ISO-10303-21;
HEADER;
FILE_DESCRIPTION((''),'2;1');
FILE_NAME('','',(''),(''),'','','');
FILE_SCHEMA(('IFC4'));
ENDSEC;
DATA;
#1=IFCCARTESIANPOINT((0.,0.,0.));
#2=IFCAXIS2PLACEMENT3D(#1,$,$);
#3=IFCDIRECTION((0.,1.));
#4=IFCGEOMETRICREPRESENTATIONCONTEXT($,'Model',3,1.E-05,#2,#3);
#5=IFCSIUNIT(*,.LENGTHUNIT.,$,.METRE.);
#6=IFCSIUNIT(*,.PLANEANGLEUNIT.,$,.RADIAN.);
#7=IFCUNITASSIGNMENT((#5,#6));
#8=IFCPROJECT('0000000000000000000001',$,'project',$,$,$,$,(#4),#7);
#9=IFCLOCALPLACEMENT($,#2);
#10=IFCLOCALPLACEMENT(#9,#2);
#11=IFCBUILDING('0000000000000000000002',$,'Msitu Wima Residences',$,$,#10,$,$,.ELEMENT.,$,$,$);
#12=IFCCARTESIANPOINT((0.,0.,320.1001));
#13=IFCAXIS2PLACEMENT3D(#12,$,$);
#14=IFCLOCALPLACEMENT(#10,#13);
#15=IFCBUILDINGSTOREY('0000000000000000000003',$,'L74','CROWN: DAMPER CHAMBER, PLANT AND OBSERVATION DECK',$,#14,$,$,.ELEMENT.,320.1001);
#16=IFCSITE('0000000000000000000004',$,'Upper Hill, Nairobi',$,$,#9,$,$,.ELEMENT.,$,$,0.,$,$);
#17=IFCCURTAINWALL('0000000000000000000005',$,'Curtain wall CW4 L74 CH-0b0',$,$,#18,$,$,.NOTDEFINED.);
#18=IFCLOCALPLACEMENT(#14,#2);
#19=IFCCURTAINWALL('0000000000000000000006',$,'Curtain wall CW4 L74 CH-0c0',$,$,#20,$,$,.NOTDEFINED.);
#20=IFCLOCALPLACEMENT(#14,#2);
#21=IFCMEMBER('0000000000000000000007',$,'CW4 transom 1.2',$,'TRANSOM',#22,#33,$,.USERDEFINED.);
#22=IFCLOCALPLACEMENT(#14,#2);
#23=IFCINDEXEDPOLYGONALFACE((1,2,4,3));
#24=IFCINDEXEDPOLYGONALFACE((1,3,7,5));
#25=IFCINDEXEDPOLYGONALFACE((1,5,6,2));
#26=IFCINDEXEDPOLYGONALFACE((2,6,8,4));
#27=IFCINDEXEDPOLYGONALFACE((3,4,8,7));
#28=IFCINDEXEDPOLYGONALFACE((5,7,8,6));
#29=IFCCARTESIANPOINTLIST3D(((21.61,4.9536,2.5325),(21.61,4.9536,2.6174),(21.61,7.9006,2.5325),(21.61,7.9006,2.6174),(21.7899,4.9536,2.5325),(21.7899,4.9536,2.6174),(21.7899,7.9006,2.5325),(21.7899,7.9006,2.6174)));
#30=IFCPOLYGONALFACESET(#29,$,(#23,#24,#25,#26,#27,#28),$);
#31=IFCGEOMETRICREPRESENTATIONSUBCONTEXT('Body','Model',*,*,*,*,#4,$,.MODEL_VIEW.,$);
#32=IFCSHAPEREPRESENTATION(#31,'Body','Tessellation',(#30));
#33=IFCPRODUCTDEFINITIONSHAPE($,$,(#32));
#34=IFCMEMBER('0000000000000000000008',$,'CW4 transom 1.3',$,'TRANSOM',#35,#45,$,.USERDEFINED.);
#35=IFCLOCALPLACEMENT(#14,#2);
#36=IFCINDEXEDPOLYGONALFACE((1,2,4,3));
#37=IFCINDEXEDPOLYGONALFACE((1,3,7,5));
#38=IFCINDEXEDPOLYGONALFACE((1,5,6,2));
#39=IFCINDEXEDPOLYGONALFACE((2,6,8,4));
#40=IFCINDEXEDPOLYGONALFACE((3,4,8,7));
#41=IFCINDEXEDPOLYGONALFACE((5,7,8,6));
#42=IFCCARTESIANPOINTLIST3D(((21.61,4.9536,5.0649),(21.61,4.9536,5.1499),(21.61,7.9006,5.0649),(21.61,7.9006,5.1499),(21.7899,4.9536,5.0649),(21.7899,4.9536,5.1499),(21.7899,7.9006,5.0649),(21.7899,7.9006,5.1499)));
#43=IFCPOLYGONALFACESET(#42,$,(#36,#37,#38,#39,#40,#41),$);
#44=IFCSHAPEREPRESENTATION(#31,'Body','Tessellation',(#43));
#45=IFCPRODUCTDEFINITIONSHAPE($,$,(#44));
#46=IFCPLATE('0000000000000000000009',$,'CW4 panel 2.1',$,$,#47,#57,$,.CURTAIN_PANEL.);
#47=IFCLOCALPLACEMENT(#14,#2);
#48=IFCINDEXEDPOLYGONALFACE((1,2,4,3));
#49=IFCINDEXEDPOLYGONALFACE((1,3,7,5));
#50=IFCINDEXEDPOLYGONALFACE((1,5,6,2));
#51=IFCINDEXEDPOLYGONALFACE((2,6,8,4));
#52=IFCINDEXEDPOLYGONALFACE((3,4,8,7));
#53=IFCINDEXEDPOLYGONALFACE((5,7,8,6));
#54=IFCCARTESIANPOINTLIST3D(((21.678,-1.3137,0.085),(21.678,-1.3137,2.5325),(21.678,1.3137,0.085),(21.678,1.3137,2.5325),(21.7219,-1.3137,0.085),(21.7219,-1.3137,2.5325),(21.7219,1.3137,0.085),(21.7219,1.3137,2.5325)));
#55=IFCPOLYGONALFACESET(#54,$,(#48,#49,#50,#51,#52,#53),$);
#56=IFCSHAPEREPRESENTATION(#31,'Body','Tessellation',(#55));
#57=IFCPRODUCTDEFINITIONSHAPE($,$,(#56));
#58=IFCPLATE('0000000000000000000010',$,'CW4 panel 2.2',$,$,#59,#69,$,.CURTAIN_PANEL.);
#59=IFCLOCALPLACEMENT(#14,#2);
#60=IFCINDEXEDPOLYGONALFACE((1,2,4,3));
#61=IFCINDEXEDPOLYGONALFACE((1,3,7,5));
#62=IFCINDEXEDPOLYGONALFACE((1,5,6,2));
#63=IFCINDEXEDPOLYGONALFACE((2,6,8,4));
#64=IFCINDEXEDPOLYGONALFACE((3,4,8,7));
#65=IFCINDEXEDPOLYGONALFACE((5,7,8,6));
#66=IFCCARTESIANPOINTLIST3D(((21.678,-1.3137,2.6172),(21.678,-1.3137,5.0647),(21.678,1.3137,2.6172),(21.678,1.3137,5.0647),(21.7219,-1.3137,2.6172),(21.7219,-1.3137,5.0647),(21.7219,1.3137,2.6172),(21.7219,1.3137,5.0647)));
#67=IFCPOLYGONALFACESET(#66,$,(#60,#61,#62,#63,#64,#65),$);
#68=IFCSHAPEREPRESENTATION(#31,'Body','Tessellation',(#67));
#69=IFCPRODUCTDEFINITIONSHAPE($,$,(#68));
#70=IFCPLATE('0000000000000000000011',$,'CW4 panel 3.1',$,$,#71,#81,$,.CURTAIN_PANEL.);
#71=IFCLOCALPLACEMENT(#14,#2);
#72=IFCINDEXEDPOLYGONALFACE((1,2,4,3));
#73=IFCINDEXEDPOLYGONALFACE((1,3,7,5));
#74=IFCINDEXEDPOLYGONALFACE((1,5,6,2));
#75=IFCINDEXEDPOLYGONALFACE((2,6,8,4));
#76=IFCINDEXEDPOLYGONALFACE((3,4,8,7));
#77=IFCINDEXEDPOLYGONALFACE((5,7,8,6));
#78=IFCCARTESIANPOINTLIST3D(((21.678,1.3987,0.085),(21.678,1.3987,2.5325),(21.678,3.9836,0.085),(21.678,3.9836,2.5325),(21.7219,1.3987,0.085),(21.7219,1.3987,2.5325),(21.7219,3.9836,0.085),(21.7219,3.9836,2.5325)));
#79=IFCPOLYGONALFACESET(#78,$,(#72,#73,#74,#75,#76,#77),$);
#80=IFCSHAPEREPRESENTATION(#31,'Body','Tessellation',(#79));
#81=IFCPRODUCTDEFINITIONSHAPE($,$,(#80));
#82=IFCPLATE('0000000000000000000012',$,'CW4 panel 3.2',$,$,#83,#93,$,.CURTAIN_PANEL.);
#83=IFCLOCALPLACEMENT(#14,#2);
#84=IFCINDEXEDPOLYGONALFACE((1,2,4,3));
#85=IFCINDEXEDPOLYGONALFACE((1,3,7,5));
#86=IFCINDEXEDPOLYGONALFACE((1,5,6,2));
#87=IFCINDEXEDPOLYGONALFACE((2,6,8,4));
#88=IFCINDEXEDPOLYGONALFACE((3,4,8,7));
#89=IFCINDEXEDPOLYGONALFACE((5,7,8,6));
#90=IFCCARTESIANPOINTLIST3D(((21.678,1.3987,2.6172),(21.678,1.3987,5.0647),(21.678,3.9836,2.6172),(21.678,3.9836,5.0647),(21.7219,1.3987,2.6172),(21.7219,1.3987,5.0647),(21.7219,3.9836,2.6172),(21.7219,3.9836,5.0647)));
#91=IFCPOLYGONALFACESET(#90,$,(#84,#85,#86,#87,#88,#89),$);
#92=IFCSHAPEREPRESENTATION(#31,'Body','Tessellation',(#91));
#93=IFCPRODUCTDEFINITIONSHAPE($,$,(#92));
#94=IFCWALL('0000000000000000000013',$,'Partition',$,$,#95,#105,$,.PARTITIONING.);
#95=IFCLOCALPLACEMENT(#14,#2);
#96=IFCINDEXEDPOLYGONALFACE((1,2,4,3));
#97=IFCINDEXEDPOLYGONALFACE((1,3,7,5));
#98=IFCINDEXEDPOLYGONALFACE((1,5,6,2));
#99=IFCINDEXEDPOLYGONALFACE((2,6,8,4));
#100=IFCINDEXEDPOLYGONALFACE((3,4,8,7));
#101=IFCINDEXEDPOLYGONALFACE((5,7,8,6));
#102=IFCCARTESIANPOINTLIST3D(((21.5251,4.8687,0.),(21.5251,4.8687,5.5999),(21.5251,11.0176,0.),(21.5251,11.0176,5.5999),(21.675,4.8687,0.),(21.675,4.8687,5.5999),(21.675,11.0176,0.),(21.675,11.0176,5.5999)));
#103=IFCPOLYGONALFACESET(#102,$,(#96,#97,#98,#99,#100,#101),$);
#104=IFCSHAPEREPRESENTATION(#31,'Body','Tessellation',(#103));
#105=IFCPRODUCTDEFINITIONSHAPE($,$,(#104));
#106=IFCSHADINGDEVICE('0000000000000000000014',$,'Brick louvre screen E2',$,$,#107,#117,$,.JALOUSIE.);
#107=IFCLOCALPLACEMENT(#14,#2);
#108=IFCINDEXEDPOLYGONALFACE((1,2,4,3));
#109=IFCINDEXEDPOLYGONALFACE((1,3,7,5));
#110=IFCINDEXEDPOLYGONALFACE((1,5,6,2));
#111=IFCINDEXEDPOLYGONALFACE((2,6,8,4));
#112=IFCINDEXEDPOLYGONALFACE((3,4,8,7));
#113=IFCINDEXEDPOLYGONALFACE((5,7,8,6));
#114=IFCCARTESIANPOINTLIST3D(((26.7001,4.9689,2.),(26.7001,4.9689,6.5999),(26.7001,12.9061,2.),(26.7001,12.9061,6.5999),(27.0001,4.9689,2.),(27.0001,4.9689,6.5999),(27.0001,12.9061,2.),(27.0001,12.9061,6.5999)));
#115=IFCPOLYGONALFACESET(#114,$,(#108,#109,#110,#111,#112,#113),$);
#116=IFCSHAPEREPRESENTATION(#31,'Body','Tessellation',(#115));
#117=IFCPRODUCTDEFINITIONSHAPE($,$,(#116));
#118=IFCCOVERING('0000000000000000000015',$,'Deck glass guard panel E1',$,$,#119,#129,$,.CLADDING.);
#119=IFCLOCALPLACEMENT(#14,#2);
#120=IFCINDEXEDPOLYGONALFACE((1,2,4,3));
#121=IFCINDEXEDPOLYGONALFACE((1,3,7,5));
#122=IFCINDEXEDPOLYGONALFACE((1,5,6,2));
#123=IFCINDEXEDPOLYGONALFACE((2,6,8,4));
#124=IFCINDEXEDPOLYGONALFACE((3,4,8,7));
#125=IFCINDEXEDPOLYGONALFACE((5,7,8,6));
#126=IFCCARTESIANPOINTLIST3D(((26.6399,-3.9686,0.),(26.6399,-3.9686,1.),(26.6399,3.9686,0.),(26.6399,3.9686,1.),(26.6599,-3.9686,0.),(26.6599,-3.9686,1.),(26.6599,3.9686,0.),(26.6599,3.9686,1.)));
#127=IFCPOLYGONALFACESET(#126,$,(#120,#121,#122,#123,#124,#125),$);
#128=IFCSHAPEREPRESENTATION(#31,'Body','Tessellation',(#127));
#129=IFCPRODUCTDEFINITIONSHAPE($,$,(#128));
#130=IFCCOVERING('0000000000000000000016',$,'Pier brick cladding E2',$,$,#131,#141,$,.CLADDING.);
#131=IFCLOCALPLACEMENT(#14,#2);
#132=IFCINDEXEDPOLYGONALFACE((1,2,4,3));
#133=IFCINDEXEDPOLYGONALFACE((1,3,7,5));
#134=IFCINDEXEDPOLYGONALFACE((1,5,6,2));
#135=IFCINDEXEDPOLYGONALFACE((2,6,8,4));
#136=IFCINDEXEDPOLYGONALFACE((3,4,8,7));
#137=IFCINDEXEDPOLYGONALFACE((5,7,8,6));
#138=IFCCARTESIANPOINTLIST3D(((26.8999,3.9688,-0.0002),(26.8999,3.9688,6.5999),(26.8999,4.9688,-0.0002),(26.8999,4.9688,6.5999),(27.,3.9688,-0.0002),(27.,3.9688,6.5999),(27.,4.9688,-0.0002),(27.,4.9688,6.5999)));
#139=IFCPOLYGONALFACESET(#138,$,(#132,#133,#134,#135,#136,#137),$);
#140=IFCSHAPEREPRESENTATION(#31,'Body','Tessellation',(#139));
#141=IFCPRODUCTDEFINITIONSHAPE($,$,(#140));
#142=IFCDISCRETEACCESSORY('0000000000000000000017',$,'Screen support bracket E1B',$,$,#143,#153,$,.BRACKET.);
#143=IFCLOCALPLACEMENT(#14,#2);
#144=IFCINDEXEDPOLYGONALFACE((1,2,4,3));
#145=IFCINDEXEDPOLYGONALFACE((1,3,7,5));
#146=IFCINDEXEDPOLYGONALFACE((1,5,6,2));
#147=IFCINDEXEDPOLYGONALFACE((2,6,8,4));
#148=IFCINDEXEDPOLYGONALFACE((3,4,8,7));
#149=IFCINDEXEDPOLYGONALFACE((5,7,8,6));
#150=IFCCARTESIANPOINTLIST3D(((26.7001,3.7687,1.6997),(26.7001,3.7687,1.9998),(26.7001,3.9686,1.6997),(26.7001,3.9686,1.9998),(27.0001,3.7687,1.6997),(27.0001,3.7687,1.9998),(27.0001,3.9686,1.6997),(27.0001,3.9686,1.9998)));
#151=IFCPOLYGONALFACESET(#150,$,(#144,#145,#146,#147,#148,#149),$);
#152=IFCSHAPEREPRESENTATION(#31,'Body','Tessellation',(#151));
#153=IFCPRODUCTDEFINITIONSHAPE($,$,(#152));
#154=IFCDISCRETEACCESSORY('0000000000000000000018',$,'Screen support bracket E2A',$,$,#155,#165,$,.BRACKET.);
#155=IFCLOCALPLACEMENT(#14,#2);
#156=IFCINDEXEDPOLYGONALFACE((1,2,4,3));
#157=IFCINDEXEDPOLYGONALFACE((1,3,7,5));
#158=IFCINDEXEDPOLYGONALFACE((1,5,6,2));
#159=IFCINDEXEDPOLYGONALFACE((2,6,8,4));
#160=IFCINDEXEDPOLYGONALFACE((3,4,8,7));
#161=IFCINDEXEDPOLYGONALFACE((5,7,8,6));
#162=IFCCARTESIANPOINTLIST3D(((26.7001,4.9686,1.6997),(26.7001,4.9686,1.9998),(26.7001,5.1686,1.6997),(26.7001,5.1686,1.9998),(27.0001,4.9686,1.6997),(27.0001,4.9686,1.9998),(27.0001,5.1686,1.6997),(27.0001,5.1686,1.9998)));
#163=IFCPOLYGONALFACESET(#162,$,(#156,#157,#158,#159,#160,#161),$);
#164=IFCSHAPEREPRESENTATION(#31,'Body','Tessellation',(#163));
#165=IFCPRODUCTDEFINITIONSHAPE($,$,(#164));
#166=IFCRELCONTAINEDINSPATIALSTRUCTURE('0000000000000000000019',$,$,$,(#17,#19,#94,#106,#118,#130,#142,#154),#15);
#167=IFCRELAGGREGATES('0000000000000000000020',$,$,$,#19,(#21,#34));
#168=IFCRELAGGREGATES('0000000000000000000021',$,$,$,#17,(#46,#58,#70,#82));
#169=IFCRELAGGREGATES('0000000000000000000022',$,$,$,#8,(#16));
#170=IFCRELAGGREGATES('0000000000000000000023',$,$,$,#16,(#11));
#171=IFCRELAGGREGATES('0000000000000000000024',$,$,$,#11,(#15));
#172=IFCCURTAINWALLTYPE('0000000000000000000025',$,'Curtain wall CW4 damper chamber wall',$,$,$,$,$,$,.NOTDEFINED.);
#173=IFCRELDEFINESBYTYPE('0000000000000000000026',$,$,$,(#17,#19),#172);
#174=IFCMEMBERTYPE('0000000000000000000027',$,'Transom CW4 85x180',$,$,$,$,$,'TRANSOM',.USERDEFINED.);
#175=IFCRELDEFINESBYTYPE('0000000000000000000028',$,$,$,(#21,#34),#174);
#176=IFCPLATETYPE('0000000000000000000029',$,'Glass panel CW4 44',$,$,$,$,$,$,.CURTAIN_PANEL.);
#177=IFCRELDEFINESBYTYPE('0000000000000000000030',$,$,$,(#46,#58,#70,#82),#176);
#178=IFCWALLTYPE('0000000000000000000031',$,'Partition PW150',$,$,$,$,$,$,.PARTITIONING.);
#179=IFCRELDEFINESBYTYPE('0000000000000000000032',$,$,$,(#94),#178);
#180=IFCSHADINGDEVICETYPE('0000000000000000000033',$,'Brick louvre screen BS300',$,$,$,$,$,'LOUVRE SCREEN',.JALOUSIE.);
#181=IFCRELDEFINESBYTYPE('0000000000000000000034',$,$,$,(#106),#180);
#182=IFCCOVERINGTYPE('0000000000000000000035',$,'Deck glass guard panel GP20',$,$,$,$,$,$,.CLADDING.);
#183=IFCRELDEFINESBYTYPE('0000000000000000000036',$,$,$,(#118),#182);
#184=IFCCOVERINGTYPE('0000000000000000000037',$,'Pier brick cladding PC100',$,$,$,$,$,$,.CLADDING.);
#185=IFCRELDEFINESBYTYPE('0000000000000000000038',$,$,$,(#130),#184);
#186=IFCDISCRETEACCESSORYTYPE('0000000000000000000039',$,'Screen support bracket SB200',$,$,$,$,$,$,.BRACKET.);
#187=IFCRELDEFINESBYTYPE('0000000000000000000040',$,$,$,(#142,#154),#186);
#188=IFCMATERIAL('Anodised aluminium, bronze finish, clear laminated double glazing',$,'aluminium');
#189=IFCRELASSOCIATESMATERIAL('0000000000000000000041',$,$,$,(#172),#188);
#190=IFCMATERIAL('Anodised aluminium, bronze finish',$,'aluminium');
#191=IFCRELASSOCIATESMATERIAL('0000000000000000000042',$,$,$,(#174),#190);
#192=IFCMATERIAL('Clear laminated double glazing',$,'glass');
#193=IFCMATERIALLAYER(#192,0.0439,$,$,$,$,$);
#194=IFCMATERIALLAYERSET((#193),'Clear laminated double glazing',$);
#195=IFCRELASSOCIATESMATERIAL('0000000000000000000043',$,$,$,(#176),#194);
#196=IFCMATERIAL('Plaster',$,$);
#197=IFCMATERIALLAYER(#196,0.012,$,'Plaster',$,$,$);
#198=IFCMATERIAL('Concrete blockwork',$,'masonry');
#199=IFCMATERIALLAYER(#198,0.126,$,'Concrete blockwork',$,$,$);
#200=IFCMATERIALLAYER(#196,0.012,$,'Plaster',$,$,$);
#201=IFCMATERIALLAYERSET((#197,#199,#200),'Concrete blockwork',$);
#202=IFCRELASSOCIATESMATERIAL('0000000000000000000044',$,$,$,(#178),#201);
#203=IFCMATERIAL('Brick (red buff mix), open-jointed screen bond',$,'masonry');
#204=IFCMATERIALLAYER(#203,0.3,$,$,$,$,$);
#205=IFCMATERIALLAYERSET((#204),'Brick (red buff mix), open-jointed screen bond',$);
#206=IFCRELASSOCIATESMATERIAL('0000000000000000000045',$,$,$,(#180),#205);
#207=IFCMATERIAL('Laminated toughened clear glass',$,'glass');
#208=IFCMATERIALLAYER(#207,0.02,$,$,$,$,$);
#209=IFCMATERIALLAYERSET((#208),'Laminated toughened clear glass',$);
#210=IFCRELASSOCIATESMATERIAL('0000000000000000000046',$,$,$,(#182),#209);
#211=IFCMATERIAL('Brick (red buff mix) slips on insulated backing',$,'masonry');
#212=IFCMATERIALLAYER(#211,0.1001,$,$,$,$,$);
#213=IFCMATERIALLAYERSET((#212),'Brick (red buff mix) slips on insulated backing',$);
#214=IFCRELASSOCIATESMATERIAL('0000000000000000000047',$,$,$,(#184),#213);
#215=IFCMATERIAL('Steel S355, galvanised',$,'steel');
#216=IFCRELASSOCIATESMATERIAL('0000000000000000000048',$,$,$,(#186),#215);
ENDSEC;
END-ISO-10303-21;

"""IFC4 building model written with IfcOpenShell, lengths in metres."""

from ifc_helpers import new_model, si_unit, direction, frame, frame_2d, origin, origin_2d, place, context, subcontext, project, spatial, rectangle, extrude, material, layer, layer_set, material_profile, profile_set, type_object, element, aggregate, save


model = new_model("IFC4")

# Units and contexts
model_context = context("Model", 3, precision=1e-05, world=origin(), true_north=direction((0.0, 1.0)))
body_context = subcontext(model_context, "Body", "Model", "MODEL_VIEW")
ifc_project = project(units=[si_unit("LENGTHUNIT", "METRE"), si_unit("PLANEANGLEUNIT", "RADIAN")], contexts=[model_context])

# Site, building, storey
site_placement = place(None, origin())
site = spatial("IfcSite", under=ifc_project, at=site_placement, Name="Upper Hill, Nairobi", CompositionType="ELEMENT", RefElevation=0.0)
building_placement = place(site_placement, origin())
building = spatial("IfcBuilding", under=site, at=building_placement, Name="Msitu Wima Residences", CompositionType="ELEMENT")
storey_placement = place(building_placement, frame((0.0, 0.0, 320.1001)))
storey = spatial("IfcBuildingStorey", under=building, at=storey_placement, Name="L74", Description="CROWN: DAMPER CHAMBER, PLANT AND OBSERVATION DECK", CompositionType="ELEMENT", Elevation=320.1001)

# Curtain wall
ifc_material_1 = material(Name="Anodised aluminium, bronze finish, clear laminated double glazing", Category="aluminium")
curtain_wall_type = type_object("IfcCurtainWallType", Name="Curtain wall CW4 damper chamber wall", PredefinedType="NOTDEFINED", material=ifc_material_1)
curtain_wall_1_placement = place(storey_placement, origin())
curtain_wall_1 = element("IfcCurtainWall", 1, at=curtain_wall_1_placement, inside=storey, type_object=curtain_wall_type, Name="Curtain wall CW4 L74 CH-0b0", PredefinedType="NOTDEFINED")
ifc_material_2 = material(Name="Anodised aluminium, bronze finish", Category="aluminium")

# Curtain wall
curtain_wall_2_placement = place(storey_placement, origin())
curtain_wall_2 = element("IfcCurtainWall", 2, at=curtain_wall_2_placement, inside=storey, type_object=curtain_wall_type, Name="Curtain wall CW4 L74 CH-0c0", PredefinedType="NOTDEFINED")

# Members
ifc_material_profile_1 = material_profile(ifc_material_2, rectangle(XDim=0.1799, YDim=0.085, at=origin_2d()), Name="Transom 85x180")
ifc_profile_set_1 = profile_set([ifc_material_profile_1], Name="Anodised aluminium, bronze finish")
member_type_1 = type_object("IfcMemberType", Name="Transom CW4 85x180", ElementType="TRANSOM", PredefinedType="USERDEFINED", material=ifc_profile_set_1)
member_1_placement = place(storey_placement, frame((21.7, 4.9536, 2.575), z_axis=(0.0, 1.0, 0.0), x_axis=(-1.0, 0.0, 0.0)))
member_1 = element("IfcMember", 3, at=member_1_placement, type_object=member_type_1, Name="CW4 transom 1.2", ObjectType="TRANSOM", PredefinedType="USERDEFINED", context=body_context, shape_type="SweptSolid", body=[
    extrude(rectangle(XDim=0.1799, YDim=0.085, at=origin_2d()), origin(), (0.0, 0.0, 1.0), 2.947),
])
member_2_placement = place(storey_placement, frame((21.7, 4.9536, 5.1074), z_axis=(0.0, 1.0, 0.0), x_axis=(-1.0, 0.0, 0.0)))
member_2 = element("IfcMember", 4, at=member_2_placement, type_object=member_type_1, Name="CW4 transom 1.3", ObjectType="TRANSOM", PredefinedType="USERDEFINED", context=body_context, shape_type="SweptSolid", body=[
    extrude(rectangle(XDim=0.1799, YDim=0.085, at=origin_2d()), origin(), (0.0, 0.0, 1.0), 2.947),
])
aggregate(curtain_wall_2, [member_1, member_2])

# Plates
ifc_material_3 = material(Name="Clear laminated double glazing", Category="glass")
ifc_layer_1 = layer(ifc_material_3, 0.0439)
ifc_layer_set_1 = layer_set([ifc_layer_1], Name="Clear laminated double glazing")
plate_type = type_object("IfcPlateType", Name="Glass panel CW4 44", PredefinedType="CURTAIN_PANEL", material=ifc_layer_set_1)
plate_1_placement = place(storey_placement, frame((21.7, 0.0, 0.085), z_axis=(0.0, 0.0, 1.0), x_axis=(0.0, 1.0, 0.0)))
plate_1 = element("IfcPlate", 5, at=plate_1_placement, type_object=plate_type, Name="CW4 panel 2.1", PredefinedType="CURTAIN_PANEL", context=body_context, shape_type="SweptSolid", body=[
    extrude(rectangle(XDim=2.6274, YDim=0.0439, at=origin_2d()), origin(), (0.0, 0.0, 1.0), 2.4475),
])
plate_2_placement = place(storey_placement, frame((21.7, 0.0, 2.6172), z_axis=(0.0, 0.0, 1.0), x_axis=(0.0, 1.0, 0.0)))
plate_2 = element("IfcPlate", 6, at=plate_2_placement, type_object=plate_type, Name="CW4 panel 2.2", PredefinedType="CURTAIN_PANEL", context=body_context, shape_type="SweptSolid", body=[
    extrude(rectangle(XDim=2.6274, YDim=0.0439, at=origin_2d()), origin(), (0.0, 0.0, 1.0), 2.4475),
])
plate_3_placement = place(storey_placement, frame((21.7, 2.6912, 0.085), z_axis=(0.0, 0.0, 1.0), x_axis=(0.0, 1.0, 0.0)))
plate_3 = element("IfcPlate", 7, at=plate_3_placement, type_object=plate_type, Name="CW4 panel 3.1", PredefinedType="CURTAIN_PANEL", context=body_context, shape_type="SweptSolid", body=[
    extrude(rectangle(XDim=2.585, YDim=0.0439, at=origin_2d()), origin(), (0.0, 0.0, 1.0), 2.4475),
])
plate_4_placement = place(storey_placement, frame((21.7, 2.6912, 2.6172), z_axis=(0.0, 0.0, 1.0), x_axis=(0.0, 1.0, 0.0)))
plate_4 = element("IfcPlate", 8, at=plate_4_placement, type_object=plate_type, Name="CW4 panel 3.2", PredefinedType="CURTAIN_PANEL", context=body_context, shape_type="SweptSolid", body=[
    extrude(rectangle(XDim=2.585, YDim=0.0439, at=origin_2d()), origin(), (0.0, 0.0, 1.0), 2.4475),
])
aggregate(curtain_wall_1, [plate_1, plate_2, plate_3, plate_4])

# Wall
ifc_material_4 = material(Name="Plaster")
ifc_layer_2 = layer(ifc_material_4, 0.012, Name="Plaster")
ifc_material_5 = material(Name="Concrete blockwork", Category="masonry")
ifc_layer_3 = layer(ifc_material_5, 0.126, Name="Concrete blockwork")
ifc_layer_4 = layer(ifc_material_4, 0.012, Name="Plaster")
ifc_layer_set_2 = layer_set([ifc_layer_2, ifc_layer_3, ifc_layer_4], Name="Concrete blockwork")
wall_type = type_object("IfcWallType", Name="Partition PW150", PredefinedType="PARTITIONING", material=ifc_layer_set_2)
wall_placement = place(storey_placement, frame((21.6001, 4.8687, 0.0), z_axis=(0.0, 0.0, 1.0), x_axis=(0.0, 1.0, 0.0)))
element("IfcWall", 9, at=wall_placement, inside=storey, type_object=wall_type, Name="Partition", PredefinedType="PARTITIONING", context=body_context, shape_type="SweptSolid", body=[
    extrude(rectangle(XDim=6.1489, YDim=0.1499, at=frame_2d((3.0745, 0.0))), origin(), (0.0, 0.0, 1.0), 5.5999),
])

# Shading device
ifc_material_6 = material(Name="Brick (red buff mix), open-jointed screen bond", Category="masonry")
ifc_layer_5 = layer(ifc_material_6, 0.3)
ifc_layer_set_3 = layer_set([ifc_layer_5], Name="Brick (red buff mix), open-jointed screen bond")
shading_device_type = type_object("IfcShadingDeviceType", Name="Brick louvre screen BS300", ElementType="LOUVRE SCREEN", PredefinedType="JALOUSIE", material=ifc_layer_set_3)
shading_device_placement = place(storey_placement, frame((26.8501, 4.9688, 2.0), z_axis=(0.0, 0.0, 1.0), x_axis=(0.0, 1.0, 0.0)))
element("IfcShadingDevice", 10, at=shading_device_placement, inside=storey, type_object=shading_device_type, Name="Brick louvre screen E2", PredefinedType="JALOUSIE", context=body_context, shape_type="SweptSolid", body=[
    extrude(rectangle(XDim=7.9373, YDim=0.3, at=frame_2d((3.9688, 0.0))), origin(), (0.0, 0.0, 1.0), 4.5999),
])

# Coverings
ifc_material_7 = material(Name="Laminated toughened clear glass", Category="glass")
ifc_layer_6 = layer(ifc_material_7, 0.02)
ifc_layer_set_4 = layer_set([ifc_layer_6], Name="Laminated toughened clear glass")
covering_type_1 = type_object("IfcCoveringType", Name="Deck glass guard panel GP20", PredefinedType="CLADDING", material=ifc_layer_set_4)
covering_1_placement = place(storey_placement, frame((26.6499, 0.0, 0.0), z_axis=(0.0, 0.0, 1.0), x_axis=(0.0, 1.0, 0.0)))
element("IfcCovering", 11, at=covering_1_placement, inside=storey, type_object=covering_type_1, Name="Deck glass guard panel E1", PredefinedType="CLADDING", context=body_context, shape_type="SweptSolid", body=[
    extrude(rectangle(XDim=7.9373, YDim=0.02, at=origin_2d()), origin(), (0.0, 0.0, 1.0), 1.0),
])
ifc_material_8 = material(Name="Brick (red buff mix) slips on insulated backing", Category="masonry")
ifc_layer_7 = layer(ifc_material_8, 0.1001)
ifc_layer_set_5 = layer_set([ifc_layer_7], Name="Brick (red buff mix) slips on insulated backing")
covering_type_2 = type_object("IfcCoveringType", Name="Pier brick cladding PC100", PredefinedType="CLADDING", material=ifc_layer_set_5)
covering_2_placement = place(storey_placement, frame((26.95, 4.4688, -0.0002), z_axis=(0.0, 0.0, 1.0), x_axis=(0.0, 1.0, 0.0)))
element("IfcCovering", 12, at=covering_2_placement, inside=storey, type_object=covering_type_2, Name="Pier brick cladding E2", PredefinedType="CLADDING", context=body_context, shape_type="SweptSolid", body=[
    extrude(rectangle(XDim=1.0, YDim=0.1001, at=origin_2d()), origin(), (0.0, 0.0, 1.0), 6.6001),
])

# Discrete accessories
ifc_material_9 = material(Name="Steel S355, galvanised", Category="steel")
discrete_accessory_type = type_object("IfcDiscreteAccessoryType", Name="Screen support bracket SB200", PredefinedType="BRACKET", material=ifc_material_9)
for number, where, z_axis, x_axis, name in (
    (13, (26.8501, 3.8687, 1.6997), (0.0, 0.0, 1.0), (0.0, 1.0, 0.0), "Screen support bracket E1B"),
    (14, (26.8501, 5.0686, 1.6997), (0.0, 0.0, 1.0), (0.0, 1.0, 0.0), "Screen support bracket E2A"),
):
    element("IfcDiscreteAccessory", number, at=place(storey_placement, frame(where, z_axis=z_axis, x_axis=x_axis)), inside=storey, type_object=discrete_accessory_type, Name=name, PredefinedType="BRACKET", context=body_context, shape_type="SweptSolid", body=[
        extrude(rectangle(XDim=0.2, YDim=0.3, at=origin_2d()), origin(), (0.0, 0.0, 1.0), 0.3),
    ])

save(model, "model.ifc")
